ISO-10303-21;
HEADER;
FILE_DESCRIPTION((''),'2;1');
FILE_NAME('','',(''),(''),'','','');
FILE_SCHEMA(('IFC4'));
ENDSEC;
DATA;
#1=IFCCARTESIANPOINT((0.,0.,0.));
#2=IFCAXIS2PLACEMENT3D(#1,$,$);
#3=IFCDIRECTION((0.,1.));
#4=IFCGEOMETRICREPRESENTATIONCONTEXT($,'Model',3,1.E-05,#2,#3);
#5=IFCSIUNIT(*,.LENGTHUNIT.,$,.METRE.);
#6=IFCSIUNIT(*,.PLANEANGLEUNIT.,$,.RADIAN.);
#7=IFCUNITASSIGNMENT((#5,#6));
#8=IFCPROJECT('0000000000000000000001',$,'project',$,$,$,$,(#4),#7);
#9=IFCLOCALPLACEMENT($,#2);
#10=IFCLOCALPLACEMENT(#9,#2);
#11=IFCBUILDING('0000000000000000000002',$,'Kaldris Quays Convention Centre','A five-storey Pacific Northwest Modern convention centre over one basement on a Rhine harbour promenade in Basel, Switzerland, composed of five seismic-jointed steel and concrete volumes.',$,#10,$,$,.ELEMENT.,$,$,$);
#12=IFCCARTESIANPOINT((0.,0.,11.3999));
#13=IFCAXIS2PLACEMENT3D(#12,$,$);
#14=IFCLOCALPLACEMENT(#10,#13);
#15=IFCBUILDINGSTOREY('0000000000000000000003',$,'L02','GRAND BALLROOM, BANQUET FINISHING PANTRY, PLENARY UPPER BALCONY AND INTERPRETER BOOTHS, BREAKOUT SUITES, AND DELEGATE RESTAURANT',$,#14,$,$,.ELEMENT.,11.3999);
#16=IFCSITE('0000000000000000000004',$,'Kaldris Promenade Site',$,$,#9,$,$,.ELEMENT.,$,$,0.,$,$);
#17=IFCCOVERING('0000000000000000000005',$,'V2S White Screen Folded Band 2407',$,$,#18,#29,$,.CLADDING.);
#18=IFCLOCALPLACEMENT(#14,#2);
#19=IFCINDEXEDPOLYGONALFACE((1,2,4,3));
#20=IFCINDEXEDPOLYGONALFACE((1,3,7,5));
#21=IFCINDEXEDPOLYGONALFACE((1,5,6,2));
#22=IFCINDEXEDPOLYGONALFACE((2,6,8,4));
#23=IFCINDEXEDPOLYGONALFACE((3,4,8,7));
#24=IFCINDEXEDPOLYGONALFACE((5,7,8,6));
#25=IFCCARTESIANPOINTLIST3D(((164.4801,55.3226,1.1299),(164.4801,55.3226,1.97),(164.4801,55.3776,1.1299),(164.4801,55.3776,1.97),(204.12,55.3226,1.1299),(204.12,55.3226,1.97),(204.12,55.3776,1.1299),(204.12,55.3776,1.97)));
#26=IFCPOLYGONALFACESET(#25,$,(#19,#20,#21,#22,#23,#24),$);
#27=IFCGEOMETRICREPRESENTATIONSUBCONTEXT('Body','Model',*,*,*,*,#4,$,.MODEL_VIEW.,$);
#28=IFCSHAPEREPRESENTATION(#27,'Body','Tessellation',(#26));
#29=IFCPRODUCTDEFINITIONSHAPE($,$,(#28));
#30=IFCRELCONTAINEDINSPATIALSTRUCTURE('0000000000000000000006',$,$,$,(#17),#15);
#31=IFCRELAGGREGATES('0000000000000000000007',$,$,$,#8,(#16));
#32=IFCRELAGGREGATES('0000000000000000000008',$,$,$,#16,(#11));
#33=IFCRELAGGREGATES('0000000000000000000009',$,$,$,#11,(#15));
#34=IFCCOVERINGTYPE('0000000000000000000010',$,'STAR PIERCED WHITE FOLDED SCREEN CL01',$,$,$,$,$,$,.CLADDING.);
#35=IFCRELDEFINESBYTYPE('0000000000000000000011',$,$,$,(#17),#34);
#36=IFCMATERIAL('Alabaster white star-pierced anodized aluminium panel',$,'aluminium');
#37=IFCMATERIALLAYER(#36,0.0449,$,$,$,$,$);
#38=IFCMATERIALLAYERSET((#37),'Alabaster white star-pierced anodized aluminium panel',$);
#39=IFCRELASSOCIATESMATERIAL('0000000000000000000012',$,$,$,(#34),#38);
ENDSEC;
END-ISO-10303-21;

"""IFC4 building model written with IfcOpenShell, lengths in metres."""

from ifc_helpers import new_model, si_unit, direction, frame, origin, origin_2d, place, context, subcontext, project, spatial, rectangle, extrude, material, layer, layer_set, type_object, element, save


model = new_model("IFC4")

# Units and contexts
model_context = context("Model", 3, precision=1e-05, world=origin(), true_north=direction((0.0, 1.0)))
body_context = subcontext(model_context, "Body", "Model", "MODEL_VIEW")
ifc_project = project(units=[si_unit("LENGTHUNIT", "METRE"), si_unit("PLANEANGLEUNIT", "RADIAN")], contexts=[model_context])

# Site, building, storey
site_placement = place(None, origin())
site = spatial("IfcSite", under=ifc_project, at=site_placement, Name="Kaldris Promenade Site", CompositionType="ELEMENT", RefElevation=0.0)
building_placement = place(site_placement, origin())
building = spatial("IfcBuilding", under=site, at=building_placement, Name="Kaldris Quays Convention Centre", Description="A five-storey Pacific Northwest Modern convention centre over one basement on a Rhine harbour promenade in Basel, Switzerland, composed of five seismic-jointed steel and concrete volumes.", CompositionType="ELEMENT")
storey_placement = place(building_placement, frame((0.0, 0.0, 11.3999)))
storey = spatial("IfcBuildingStorey", under=building, at=storey_placement, Name="L02", Description="GRAND BALLROOM, BANQUET FINISHING PANTRY, PLENARY UPPER BALCONY AND INTERPRETER BOOTHS, BREAKOUT SUITES, AND DELEGATE RESTAURANT", CompositionType="ELEMENT", Elevation=11.3999)

# Covering
ifc_material_1 = material(Name="Alabaster white star-pierced anodized aluminium panel", Category="aluminium")
ifc_layer_1 = layer(ifc_material_1, 0.0449)
ifc_layer_set_1 = layer_set([ifc_layer_1], Name="Alabaster white star-pierced anodized aluminium panel")
covering_type = type_object("IfcCoveringType", Name="STAR PIERCED WHITE FOLDED SCREEN CL01", PredefinedType="CLADDING", material=ifc_layer_set_1)
covering_placement = place(storey_placement, frame((184.3, 55.3501, 1.1299), z_axis=(0.0, 0.0, 1.0), x_axis=(1.0, 0.0, 0.0)))
element("IfcCovering", 1, at=covering_placement, inside=storey, type_object=covering_type, Name="V2S White Screen Folded Band 2407", PredefinedType="CLADDING", context=body_context, shape_type="SweptSolid", body=[
    extrude(rectangle(XDim=39.6399, YDim=0.0549, at=origin_2d()), origin(), (0.0, 0.0, 1.0), 0.8401),
])

save(model, "model.ifc")
